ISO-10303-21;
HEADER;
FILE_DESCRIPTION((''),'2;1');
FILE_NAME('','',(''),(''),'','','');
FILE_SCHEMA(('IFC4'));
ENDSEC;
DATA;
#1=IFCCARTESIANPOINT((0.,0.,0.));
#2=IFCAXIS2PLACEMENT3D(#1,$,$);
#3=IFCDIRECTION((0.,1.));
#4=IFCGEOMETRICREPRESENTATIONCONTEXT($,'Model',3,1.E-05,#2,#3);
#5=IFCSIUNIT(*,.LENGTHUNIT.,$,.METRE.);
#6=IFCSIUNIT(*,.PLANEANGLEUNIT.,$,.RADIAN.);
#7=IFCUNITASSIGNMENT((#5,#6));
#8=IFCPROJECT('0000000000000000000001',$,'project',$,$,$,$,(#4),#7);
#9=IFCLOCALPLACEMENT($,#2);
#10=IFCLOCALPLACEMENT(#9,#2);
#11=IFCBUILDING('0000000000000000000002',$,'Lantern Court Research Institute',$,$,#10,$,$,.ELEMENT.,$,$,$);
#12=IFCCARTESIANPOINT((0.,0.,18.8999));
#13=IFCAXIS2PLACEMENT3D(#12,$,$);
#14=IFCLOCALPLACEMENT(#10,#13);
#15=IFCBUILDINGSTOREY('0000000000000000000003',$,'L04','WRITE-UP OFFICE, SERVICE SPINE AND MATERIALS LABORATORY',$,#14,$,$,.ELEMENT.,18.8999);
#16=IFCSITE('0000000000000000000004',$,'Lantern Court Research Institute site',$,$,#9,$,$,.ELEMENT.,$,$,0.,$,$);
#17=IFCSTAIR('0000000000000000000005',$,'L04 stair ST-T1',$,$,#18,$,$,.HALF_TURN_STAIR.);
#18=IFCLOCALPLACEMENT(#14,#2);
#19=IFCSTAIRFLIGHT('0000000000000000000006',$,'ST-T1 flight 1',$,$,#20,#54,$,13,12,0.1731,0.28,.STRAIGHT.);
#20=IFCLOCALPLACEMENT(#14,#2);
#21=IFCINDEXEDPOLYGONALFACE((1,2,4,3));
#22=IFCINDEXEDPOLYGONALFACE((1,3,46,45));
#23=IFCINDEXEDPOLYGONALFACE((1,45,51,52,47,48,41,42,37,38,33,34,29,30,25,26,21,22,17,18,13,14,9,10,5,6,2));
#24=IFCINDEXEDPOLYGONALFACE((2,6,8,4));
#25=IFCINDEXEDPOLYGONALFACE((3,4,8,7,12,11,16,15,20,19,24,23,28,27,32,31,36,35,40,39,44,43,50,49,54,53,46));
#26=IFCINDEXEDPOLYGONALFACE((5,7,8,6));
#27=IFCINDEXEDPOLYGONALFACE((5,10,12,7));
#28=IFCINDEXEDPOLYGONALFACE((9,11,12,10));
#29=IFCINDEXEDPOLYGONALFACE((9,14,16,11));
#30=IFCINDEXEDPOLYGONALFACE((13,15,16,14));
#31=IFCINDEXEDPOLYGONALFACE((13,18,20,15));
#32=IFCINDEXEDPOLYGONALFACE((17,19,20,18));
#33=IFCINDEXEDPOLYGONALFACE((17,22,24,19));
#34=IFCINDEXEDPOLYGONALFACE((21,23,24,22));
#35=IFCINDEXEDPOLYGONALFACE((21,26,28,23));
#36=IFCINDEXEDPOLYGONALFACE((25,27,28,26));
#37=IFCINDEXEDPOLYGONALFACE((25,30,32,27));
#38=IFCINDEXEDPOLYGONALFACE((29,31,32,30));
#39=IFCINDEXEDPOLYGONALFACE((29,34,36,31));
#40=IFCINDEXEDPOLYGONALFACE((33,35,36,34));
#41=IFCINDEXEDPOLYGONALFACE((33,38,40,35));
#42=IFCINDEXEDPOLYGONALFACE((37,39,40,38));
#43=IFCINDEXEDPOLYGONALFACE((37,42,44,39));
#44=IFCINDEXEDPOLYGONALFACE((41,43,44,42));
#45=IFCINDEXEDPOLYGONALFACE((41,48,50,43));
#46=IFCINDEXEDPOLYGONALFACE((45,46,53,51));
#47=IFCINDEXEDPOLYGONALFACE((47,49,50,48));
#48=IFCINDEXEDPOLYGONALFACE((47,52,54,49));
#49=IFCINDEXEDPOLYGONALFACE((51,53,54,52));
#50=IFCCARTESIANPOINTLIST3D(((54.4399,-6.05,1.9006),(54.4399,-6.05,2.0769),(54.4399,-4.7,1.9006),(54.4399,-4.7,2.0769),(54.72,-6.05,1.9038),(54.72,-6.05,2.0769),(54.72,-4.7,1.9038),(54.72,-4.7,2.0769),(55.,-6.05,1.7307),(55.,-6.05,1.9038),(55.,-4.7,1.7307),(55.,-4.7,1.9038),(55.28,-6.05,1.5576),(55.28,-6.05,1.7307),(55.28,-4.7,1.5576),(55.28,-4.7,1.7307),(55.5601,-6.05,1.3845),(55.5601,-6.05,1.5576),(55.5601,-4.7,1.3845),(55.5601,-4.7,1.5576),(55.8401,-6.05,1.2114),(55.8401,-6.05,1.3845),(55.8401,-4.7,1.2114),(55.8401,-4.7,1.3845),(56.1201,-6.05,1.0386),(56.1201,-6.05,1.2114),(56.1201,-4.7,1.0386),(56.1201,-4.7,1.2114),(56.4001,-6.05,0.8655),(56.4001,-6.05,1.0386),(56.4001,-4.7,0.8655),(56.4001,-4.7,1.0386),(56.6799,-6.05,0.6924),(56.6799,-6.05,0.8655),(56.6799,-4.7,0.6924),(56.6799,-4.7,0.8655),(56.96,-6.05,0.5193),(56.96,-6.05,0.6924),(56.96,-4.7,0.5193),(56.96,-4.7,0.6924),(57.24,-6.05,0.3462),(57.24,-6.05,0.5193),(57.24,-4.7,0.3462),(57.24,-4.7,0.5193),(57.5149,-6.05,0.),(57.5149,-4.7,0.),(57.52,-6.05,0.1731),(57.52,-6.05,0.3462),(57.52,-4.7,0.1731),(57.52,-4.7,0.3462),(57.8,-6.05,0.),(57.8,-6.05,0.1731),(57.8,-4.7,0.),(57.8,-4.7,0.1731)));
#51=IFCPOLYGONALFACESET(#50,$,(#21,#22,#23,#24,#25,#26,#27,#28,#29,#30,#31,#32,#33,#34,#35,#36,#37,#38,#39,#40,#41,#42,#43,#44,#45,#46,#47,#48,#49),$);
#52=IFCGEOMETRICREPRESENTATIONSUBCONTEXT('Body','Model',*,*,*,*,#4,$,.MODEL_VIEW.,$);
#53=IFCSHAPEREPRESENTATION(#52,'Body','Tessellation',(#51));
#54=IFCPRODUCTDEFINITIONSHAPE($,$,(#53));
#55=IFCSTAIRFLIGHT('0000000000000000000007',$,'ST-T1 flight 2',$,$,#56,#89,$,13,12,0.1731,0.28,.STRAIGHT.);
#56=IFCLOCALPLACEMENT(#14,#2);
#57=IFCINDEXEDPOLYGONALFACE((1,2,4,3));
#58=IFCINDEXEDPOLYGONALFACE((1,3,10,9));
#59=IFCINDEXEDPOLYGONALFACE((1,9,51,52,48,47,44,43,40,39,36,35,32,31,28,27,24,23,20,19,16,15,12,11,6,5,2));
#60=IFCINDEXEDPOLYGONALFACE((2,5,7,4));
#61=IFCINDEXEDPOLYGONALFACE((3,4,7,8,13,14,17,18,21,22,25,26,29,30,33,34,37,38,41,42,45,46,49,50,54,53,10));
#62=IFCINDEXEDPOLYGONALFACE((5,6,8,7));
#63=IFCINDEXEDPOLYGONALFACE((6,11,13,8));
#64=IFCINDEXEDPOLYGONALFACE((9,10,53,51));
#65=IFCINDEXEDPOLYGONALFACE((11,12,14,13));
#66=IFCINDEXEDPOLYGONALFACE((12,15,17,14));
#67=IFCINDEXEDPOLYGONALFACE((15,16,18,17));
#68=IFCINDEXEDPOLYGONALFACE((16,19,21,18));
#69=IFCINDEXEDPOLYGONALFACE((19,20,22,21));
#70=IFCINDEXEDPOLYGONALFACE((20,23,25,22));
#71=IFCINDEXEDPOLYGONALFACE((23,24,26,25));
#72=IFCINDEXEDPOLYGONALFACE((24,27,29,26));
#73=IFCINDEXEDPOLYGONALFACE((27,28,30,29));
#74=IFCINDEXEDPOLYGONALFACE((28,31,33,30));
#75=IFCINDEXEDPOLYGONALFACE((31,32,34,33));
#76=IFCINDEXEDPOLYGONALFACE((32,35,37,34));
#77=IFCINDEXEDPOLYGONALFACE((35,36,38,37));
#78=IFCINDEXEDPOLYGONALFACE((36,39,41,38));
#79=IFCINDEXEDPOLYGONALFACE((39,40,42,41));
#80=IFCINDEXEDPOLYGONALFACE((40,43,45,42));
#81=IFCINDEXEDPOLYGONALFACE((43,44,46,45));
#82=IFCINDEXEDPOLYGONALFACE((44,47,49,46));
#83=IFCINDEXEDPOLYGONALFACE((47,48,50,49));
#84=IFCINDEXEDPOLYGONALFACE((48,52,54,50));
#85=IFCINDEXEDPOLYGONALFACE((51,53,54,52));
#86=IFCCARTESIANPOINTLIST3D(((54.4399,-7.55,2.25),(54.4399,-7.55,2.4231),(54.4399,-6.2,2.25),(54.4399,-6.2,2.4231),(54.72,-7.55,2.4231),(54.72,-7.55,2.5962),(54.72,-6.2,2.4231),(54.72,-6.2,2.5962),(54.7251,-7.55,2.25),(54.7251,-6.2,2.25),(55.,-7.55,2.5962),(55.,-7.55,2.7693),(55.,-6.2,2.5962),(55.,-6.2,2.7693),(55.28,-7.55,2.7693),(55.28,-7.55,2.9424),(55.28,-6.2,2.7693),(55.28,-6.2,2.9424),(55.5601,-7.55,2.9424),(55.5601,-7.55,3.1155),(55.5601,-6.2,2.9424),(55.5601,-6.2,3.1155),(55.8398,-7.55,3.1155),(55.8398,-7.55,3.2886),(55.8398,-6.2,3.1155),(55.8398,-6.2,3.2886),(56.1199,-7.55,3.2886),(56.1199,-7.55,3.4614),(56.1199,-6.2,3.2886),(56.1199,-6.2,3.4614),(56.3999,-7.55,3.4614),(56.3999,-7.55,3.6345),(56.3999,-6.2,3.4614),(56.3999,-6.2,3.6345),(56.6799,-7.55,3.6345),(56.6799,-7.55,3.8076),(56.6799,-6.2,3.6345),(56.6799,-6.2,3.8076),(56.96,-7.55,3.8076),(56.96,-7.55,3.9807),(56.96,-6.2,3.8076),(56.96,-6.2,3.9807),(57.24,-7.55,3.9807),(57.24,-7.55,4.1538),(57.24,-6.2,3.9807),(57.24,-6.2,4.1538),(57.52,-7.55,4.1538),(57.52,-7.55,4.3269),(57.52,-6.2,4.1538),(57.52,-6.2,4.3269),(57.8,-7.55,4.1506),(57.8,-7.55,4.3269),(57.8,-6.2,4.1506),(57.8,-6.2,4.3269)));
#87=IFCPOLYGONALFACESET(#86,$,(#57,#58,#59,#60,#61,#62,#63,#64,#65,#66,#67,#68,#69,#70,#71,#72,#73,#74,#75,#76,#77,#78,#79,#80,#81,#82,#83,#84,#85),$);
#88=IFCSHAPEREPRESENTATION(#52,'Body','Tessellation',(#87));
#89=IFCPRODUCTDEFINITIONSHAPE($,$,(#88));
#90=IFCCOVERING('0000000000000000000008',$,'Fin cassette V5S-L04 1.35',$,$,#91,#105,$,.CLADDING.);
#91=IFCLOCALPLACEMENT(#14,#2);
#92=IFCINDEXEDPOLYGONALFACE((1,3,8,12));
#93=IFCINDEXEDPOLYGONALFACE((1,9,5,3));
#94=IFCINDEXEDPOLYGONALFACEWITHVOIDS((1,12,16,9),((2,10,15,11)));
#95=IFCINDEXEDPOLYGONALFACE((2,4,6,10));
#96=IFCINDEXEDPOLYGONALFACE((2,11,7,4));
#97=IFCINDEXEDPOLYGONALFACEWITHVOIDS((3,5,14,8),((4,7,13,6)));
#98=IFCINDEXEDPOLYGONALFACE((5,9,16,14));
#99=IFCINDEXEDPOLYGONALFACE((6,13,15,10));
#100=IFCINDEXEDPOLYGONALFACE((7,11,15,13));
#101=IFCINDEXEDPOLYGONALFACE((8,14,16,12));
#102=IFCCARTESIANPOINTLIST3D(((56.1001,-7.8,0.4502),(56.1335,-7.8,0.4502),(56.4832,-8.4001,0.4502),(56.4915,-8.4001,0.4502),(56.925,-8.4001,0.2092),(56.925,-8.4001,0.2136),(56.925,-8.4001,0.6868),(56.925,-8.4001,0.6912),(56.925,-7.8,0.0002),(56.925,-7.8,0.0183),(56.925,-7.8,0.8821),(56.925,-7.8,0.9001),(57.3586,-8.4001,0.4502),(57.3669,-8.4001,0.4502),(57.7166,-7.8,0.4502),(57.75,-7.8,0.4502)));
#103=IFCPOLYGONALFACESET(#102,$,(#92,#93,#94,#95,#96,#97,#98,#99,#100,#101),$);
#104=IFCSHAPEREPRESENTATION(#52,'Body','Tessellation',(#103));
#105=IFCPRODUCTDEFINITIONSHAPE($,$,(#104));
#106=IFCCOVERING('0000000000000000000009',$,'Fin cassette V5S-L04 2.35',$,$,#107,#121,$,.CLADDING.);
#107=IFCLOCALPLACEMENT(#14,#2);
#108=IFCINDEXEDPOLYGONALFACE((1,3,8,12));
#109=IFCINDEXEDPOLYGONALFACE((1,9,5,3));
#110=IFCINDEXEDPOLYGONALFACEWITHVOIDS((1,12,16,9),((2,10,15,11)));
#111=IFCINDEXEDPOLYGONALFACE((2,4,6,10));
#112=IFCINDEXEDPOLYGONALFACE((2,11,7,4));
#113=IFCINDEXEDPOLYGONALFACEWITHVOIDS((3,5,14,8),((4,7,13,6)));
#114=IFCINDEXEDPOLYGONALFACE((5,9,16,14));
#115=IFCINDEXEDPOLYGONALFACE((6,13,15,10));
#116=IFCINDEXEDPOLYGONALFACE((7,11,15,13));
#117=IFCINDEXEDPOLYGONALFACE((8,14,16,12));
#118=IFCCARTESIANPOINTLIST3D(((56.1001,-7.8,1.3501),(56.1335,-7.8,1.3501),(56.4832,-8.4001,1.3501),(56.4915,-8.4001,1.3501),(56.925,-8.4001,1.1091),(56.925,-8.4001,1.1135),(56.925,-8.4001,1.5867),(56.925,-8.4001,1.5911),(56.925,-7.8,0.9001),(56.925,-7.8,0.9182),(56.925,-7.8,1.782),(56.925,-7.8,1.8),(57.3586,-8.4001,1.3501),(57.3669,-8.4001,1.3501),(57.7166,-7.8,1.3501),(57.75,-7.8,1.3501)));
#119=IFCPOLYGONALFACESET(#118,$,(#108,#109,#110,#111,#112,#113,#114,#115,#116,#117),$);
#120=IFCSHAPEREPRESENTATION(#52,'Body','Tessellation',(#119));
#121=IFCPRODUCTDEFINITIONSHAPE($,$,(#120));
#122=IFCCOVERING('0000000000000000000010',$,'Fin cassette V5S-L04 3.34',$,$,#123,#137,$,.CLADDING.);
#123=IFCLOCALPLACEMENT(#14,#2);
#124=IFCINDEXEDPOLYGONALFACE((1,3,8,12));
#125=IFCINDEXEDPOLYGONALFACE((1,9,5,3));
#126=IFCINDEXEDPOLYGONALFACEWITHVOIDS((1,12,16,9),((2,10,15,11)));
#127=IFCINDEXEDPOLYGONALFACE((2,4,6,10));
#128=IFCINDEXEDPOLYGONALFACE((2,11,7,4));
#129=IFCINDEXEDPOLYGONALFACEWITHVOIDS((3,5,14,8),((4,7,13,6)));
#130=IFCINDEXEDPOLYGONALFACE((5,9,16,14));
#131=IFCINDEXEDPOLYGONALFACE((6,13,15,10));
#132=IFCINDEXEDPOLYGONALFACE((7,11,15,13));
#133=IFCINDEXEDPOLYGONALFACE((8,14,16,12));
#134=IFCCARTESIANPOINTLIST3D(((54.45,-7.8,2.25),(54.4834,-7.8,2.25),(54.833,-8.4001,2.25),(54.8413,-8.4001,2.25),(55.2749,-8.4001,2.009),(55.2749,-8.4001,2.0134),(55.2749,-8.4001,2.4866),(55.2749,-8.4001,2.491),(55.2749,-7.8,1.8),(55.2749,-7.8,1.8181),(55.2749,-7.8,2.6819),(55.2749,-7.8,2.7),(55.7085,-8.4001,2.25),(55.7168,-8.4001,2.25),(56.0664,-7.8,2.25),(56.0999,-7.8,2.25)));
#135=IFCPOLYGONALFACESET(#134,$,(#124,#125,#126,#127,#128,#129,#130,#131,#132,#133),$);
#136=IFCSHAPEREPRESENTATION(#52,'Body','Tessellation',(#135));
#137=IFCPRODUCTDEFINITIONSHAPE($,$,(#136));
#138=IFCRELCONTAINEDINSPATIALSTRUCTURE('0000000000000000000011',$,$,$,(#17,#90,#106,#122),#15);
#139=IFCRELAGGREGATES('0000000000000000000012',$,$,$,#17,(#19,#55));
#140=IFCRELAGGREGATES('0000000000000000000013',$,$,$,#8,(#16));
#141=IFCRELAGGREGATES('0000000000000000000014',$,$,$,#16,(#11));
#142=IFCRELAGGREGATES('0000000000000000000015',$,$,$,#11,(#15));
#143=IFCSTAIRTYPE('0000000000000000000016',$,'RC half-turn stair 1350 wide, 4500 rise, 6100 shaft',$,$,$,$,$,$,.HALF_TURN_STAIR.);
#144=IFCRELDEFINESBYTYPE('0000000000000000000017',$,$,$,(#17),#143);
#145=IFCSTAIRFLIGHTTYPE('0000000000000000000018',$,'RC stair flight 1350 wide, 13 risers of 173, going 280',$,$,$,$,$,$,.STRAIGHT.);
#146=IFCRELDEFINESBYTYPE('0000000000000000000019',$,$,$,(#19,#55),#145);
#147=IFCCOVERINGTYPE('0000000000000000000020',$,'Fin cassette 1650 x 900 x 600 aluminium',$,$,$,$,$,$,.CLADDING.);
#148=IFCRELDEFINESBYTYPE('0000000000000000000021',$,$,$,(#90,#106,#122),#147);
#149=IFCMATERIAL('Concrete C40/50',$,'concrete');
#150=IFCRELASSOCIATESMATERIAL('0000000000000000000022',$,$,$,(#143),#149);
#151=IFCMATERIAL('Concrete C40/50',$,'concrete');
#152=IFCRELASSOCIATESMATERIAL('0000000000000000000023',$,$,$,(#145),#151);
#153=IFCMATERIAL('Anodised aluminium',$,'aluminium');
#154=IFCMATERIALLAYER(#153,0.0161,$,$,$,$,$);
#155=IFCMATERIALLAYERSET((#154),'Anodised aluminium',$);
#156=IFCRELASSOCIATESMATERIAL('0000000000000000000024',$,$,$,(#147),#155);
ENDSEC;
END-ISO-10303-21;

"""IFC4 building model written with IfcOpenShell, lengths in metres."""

from ifc_helpers import new_model, entity, si_unit, direction, frame, origin, place, context, subcontext, project, spatial, polyline, outline, extrude, material, layer, layer_set, type_object, element, aggregate, save


model = new_model("IFC4")

# Units and contexts
model_context = context("Model", 3, precision=1e-05, world=origin(), true_north=direction((0.0, 1.0)))
body_context = subcontext(model_context, "Body", "Model", "MODEL_VIEW")
ifc_project = project(units=[si_unit("LENGTHUNIT", "METRE"), si_unit("PLANEANGLEUNIT", "RADIAN")], contexts=[model_context])

# Site, building, storey
site_placement = place(None, origin())
site = spatial("IfcSite", under=ifc_project, at=site_placement, Name="Lantern Court Research Institute site", CompositionType="ELEMENT", RefElevation=0.0)
building_placement = place(site_placement, origin())
building = spatial("IfcBuilding", under=site, at=building_placement, Name="Lantern Court Research Institute", CompositionType="ELEMENT")
storey_placement = place(building_placement, frame((0.0, 0.0, 18.8999)))
storey = spatial("IfcBuildingStorey", under=building, at=storey_placement, Name="L04", Description="WRITE-UP OFFICE, SERVICE SPINE AND MATERIALS LABORATORY", CompositionType="ELEMENT", Elevation=18.8999)

# Stair, stair flights
ifc_material_1 = material(Name="Concrete C40/50", Category="concrete")
stair_type = type_object("IfcStairType", Name="RC half-turn stair 1350 wide, 4500 rise, 6100 shaft", PredefinedType="HALF_TURN_STAIR", material=ifc_material_1)
stair_placement = place(storey_placement, origin())
stair = element("IfcStair", 1, at=stair_placement, inside=storey, type_object=stair_type, Name="L04 stair ST-T1", PredefinedType="HALF_TURN_STAIR")
ifc_material_2 = material(Name="Concrete C40/50", Category="concrete")
stair_flight_type = type_object("IfcStairFlightType", Name="RC stair flight 1350 wide, 13 risers of 173, going 280", PredefinedType="STRAIGHT", material=ifc_material_2)
stair_flight_1_placement = place(storey_placement, frame((57.8, -5.375, 0.0), z_axis=(0.0, 0.0, 1.0), x_axis=(-1.0, 0.0, 0.0)))
stair_flight_1 = element("IfcStairFlight", 2, at=stair_flight_1_placement, type_object=stair_flight_type, Name="ST-T1 flight 1", NumberOfRisers=13, NumberOfTreads=12, PredefinedType="STRAIGHT", RiserHeight=0.1731, TreadLength=0.28, context=body_context, shape_type="SweptSolid", body=[
    extrude(outline(polyline([(0.0, 0.0), (0.0, 0.1731), (0.28, 0.1731), (0.28, 0.3462), (0.5601, 0.3462), (0.5601, 0.5193), (0.8401, 0.5193), (0.8401, 0.6924), (1.1201, 0.6924), (1.1201, 0.8655), (1.3999, 0.8655), (1.3999, 1.0386), (1.6799, 1.0386), (1.6799, 1.2114), (1.96, 1.2114), (1.96, 1.3845), (2.24, 1.3845), (2.24, 1.5576), (2.52, 1.5576), (2.52, 1.7307), (2.8, 1.7307), (2.8, 1.9038), (3.0801, 1.9038), (3.0801, 2.0769), (3.3601, 2.0769), (3.3601, 2.25), (3.3601, 1.9006), (0.2852, 0.0), (0.0, 0.0)])), frame((0.0, 0.675, 0.0), z_axis=(0.0, -1.0, 0.0), x_axis=(1.0, 0.0, 0.0)), (0.0, 0.0, 1.0), 1.3501),
])
stair_flight_2_placement = place(storey_placement, frame((54.4399, -6.875, 2.25), z_axis=(0.0, 0.0, 1.0), x_axis=(1.0, 0.0, 0.0)))
stair_flight_2 = element("IfcStairFlight", 3, at=stair_flight_2_placement, type_object=stair_flight_type, Name="ST-T1 flight 2", NumberOfRisers=13, NumberOfTreads=12, PredefinedType="STRAIGHT", RiserHeight=0.1731, TreadLength=0.28, context=body_context, shape_type="SweptSolid", body=[
    extrude(outline(polyline([(0.0, 0.0), (0.0, 0.1731), (0.28, 0.1731), (0.28, 0.3462), (0.5601, 0.3462), (0.5601, 0.5193), (0.8401, 0.5193), (0.8401, 0.6924), (1.1201, 0.6924), (1.1201, 0.8655), (1.3999, 0.8655), (1.3999, 1.0386), (1.6799, 1.0386), (1.6799, 1.2114), (1.96, 1.2114), (1.96, 1.3845), (2.24, 1.3845), (2.24, 1.5576), (2.52, 1.5576), (2.52, 1.7307), (2.8, 1.7307), (2.8, 1.9038), (3.0801, 1.9038), (3.0801, 2.0769), (3.3601, 2.0769), (3.3601, 2.25), (3.3601, 1.9006), (0.2852, 0.0), (0.0, 0.0)])), frame((0.0, 0.675, 0.0), z_axis=(0.0, -1.0, 0.0), x_axis=(1.0, 0.0, 0.0)), (0.0, 0.0, 1.0), 1.3501),
])
aggregate(stair, [stair_flight_1, stair_flight_2])

# Coverings
ifc_material_3 = material(Name="Anodised aluminium", Category="aluminium")
ifc_layer_1 = layer(ifc_material_3, 0.0161)
ifc_layer_set_1 = layer_set([ifc_layer_1], Name="Anodised aluminium")
covering_type = type_object("IfcCoveringType", Name="Fin cassette 1650 x 900 x 600 aluminium", PredefinedType="CLADDING", material=ifc_layer_set_1)
covering_1_placement = place(storey_placement, frame((56.925, -7.8, 0.4502), z_axis=(0.0, -1.0, 0.0), x_axis=(1.0, 0.0, 0.0)))
cartesian_point_1 = entity("IfcCartesianPoint", [0.825, 0.0])
cartesian_point_2 = entity("IfcCartesianPoint", [0.7915, 0.0])
cartesian_point_3 = entity("IfcCartesianPoint", [0.4419, 0.0])
cartesian_point_4 = entity("IfcCartesianPoint", [0.4336, 0.0])
element("IfcCovering", 4, at=covering_1_placement, inside=storey, type_object=covering_type, Name="Fin cassette V5S-L04 1.35", PredefinedType="CLADDING", context=body_context, shape_type="SweptSolid", body=[
    entity("IfcExtrudedAreaSolidTapered", entity("IfcArbitraryProfileDefWithVoids", "AREA", None, entity("IfcPolyline", [cartesian_point_1, entity("IfcCartesianPoint", [0.0, 0.45]), entity("IfcCartesianPoint", [-0.825, 0.0]), entity("IfcCartesianPoint", [0.0, -0.45]), cartesian_point_1]), [entity("IfcPolyline", [cartesian_point_2, entity("IfcCartesianPoint", [0.0, 0.4319]), entity("IfcCartesianPoint", [-0.7915, 0.0]), entity("IfcCartesianPoint", [0.0, -0.4319]), cartesian_point_2])]), entity("IfcAxis2Placement3D", entity("IfcCartesianPoint", [0.0, 0.0, 0.0])), entity("IfcDirection", [0.0, 0.0, 1.0]), 0.6001, entity("IfcArbitraryProfileDefWithVoids", "AREA", None, entity("IfcPolyline", [cartesian_point_3, entity("IfcCartesianPoint", [0.0, 0.241]), entity("IfcCartesianPoint", [-0.4419, 0.0]), entity("IfcCartesianPoint", [0.0, -0.241]), cartesian_point_3]), [entity("IfcPolyline", [cartesian_point_4, entity("IfcCartesianPoint", [0.0, 0.2366]), entity("IfcCartesianPoint", [-0.4336, 0.0]), entity("IfcCartesianPoint", [0.0, -0.2366]), cartesian_point_4])])),
])
covering_2_placement = place(storey_placement, frame((56.925, -7.8, 1.3501), z_axis=(0.0, -1.0, 0.0), x_axis=(1.0, 0.0, 0.0)))
cartesian_point_5 = entity("IfcCartesianPoint", [0.825, 0.0])
cartesian_point_6 = entity("IfcCartesianPoint", [0.7915, 0.0])
cartesian_point_7 = entity("IfcCartesianPoint", [0.4419, 0.0])
cartesian_point_8 = entity("IfcCartesianPoint", [0.4336, 0.0])
element("IfcCovering", 5, at=covering_2_placement, inside=storey, type_object=covering_type, Name="Fin cassette V5S-L04 2.35", PredefinedType="CLADDING", context=body_context, shape_type="SweptSolid", body=[
    entity("IfcExtrudedAreaSolidTapered", entity("IfcArbitraryProfileDefWithVoids", "AREA", None, entity("IfcPolyline", [cartesian_point_5, entity("IfcCartesianPoint", [0.0, 0.45]), entity("IfcCartesianPoint", [-0.825, 0.0]), entity("IfcCartesianPoint", [0.0, -0.45]), cartesian_point_5]), [entity("IfcPolyline", [cartesian_point_6, entity("IfcCartesianPoint", [0.0, 0.4319]), entity("IfcCartesianPoint", [-0.7915, 0.0]), entity("IfcCartesianPoint", [0.0, -0.4319]), cartesian_point_6])]), entity("IfcAxis2Placement3D", entity("IfcCartesianPoint", [0.0, 0.0, 0.0])), entity("IfcDirection", [0.0, 0.0, 1.0]), 0.6001, entity("IfcArbitraryProfileDefWithVoids", "AREA", None, entity("IfcPolyline", [cartesian_point_7, entity("IfcCartesianPoint", [0.0, 0.241]), entity("IfcCartesianPoint", [-0.4419, 0.0]), entity("IfcCartesianPoint", [0.0, -0.241]), cartesian_point_7]), [entity("IfcPolyline", [cartesian_point_8, entity("IfcCartesianPoint", [0.0, 0.2366]), entity("IfcCartesianPoint", [-0.4336, 0.0]), entity("IfcCartesianPoint", [0.0, -0.2366]), cartesian_point_8])])),
])
covering_3_placement = place(storey_placement, frame((55.2749, -7.8, 2.25), z_axis=(0.0, -1.0, 0.0), x_axis=(1.0, 0.0, 0.0)))
cartesian_point_9 = entity("IfcCartesianPoint", [0.825, 0.0])
cartesian_point_10 = entity("IfcCartesianPoint", [0.7915, 0.0])
cartesian_point_11 = entity("IfcCartesianPoint", [0.4419, 0.0])
cartesian_point_12 = entity("IfcCartesianPoint", [0.4336, 0.0])
element("IfcCovering", 6, at=covering_3_placement, inside=storey, type_object=covering_type, Name="Fin cassette V5S-L04 3.34", PredefinedType="CLADDING", context=body_context, shape_type="SweptSolid", body=[
    entity("IfcExtrudedAreaSolidTapered", entity("IfcArbitraryProfileDefWithVoids", "AREA", None, entity("IfcPolyline", [cartesian_point_9, entity("IfcCartesianPoint", [0.0, 0.45]), entity("IfcCartesianPoint", [-0.825, 0.0]), entity("IfcCartesianPoint", [0.0, -0.45]), cartesian_point_9]), [entity("IfcPolyline", [cartesian_point_10, entity("IfcCartesianPoint", [0.0, 0.4319]), entity("IfcCartesianPoint", [-0.7915, 0.0]), entity("IfcCartesianPoint", [0.0, -0.4319]), cartesian_point_10])]), entity("IfcAxis2Placement3D", entity("IfcCartesianPoint", [0.0, 0.0, 0.0])), entity("IfcDirection", [0.0, 0.0, 1.0]), 0.6001, entity("IfcArbitraryProfileDefWithVoids", "AREA", None, entity("IfcPolyline", [cartesian_point_11, entity("IfcCartesianPoint", [0.0, 0.241]), entity("IfcCartesianPoint", [-0.4419, 0.0]), entity("IfcCartesianPoint", [0.0, -0.241]), cartesian_point_11]), [entity("IfcPolyline", [cartesian_point_12, entity("IfcCartesianPoint", [0.0, 0.2366]), entity("IfcCartesianPoint", [-0.4336, 0.0]), entity("IfcCartesianPoint", [0.0, -0.2366]), cartesian_point_12])])),
])

save(model, "model.ifc")
